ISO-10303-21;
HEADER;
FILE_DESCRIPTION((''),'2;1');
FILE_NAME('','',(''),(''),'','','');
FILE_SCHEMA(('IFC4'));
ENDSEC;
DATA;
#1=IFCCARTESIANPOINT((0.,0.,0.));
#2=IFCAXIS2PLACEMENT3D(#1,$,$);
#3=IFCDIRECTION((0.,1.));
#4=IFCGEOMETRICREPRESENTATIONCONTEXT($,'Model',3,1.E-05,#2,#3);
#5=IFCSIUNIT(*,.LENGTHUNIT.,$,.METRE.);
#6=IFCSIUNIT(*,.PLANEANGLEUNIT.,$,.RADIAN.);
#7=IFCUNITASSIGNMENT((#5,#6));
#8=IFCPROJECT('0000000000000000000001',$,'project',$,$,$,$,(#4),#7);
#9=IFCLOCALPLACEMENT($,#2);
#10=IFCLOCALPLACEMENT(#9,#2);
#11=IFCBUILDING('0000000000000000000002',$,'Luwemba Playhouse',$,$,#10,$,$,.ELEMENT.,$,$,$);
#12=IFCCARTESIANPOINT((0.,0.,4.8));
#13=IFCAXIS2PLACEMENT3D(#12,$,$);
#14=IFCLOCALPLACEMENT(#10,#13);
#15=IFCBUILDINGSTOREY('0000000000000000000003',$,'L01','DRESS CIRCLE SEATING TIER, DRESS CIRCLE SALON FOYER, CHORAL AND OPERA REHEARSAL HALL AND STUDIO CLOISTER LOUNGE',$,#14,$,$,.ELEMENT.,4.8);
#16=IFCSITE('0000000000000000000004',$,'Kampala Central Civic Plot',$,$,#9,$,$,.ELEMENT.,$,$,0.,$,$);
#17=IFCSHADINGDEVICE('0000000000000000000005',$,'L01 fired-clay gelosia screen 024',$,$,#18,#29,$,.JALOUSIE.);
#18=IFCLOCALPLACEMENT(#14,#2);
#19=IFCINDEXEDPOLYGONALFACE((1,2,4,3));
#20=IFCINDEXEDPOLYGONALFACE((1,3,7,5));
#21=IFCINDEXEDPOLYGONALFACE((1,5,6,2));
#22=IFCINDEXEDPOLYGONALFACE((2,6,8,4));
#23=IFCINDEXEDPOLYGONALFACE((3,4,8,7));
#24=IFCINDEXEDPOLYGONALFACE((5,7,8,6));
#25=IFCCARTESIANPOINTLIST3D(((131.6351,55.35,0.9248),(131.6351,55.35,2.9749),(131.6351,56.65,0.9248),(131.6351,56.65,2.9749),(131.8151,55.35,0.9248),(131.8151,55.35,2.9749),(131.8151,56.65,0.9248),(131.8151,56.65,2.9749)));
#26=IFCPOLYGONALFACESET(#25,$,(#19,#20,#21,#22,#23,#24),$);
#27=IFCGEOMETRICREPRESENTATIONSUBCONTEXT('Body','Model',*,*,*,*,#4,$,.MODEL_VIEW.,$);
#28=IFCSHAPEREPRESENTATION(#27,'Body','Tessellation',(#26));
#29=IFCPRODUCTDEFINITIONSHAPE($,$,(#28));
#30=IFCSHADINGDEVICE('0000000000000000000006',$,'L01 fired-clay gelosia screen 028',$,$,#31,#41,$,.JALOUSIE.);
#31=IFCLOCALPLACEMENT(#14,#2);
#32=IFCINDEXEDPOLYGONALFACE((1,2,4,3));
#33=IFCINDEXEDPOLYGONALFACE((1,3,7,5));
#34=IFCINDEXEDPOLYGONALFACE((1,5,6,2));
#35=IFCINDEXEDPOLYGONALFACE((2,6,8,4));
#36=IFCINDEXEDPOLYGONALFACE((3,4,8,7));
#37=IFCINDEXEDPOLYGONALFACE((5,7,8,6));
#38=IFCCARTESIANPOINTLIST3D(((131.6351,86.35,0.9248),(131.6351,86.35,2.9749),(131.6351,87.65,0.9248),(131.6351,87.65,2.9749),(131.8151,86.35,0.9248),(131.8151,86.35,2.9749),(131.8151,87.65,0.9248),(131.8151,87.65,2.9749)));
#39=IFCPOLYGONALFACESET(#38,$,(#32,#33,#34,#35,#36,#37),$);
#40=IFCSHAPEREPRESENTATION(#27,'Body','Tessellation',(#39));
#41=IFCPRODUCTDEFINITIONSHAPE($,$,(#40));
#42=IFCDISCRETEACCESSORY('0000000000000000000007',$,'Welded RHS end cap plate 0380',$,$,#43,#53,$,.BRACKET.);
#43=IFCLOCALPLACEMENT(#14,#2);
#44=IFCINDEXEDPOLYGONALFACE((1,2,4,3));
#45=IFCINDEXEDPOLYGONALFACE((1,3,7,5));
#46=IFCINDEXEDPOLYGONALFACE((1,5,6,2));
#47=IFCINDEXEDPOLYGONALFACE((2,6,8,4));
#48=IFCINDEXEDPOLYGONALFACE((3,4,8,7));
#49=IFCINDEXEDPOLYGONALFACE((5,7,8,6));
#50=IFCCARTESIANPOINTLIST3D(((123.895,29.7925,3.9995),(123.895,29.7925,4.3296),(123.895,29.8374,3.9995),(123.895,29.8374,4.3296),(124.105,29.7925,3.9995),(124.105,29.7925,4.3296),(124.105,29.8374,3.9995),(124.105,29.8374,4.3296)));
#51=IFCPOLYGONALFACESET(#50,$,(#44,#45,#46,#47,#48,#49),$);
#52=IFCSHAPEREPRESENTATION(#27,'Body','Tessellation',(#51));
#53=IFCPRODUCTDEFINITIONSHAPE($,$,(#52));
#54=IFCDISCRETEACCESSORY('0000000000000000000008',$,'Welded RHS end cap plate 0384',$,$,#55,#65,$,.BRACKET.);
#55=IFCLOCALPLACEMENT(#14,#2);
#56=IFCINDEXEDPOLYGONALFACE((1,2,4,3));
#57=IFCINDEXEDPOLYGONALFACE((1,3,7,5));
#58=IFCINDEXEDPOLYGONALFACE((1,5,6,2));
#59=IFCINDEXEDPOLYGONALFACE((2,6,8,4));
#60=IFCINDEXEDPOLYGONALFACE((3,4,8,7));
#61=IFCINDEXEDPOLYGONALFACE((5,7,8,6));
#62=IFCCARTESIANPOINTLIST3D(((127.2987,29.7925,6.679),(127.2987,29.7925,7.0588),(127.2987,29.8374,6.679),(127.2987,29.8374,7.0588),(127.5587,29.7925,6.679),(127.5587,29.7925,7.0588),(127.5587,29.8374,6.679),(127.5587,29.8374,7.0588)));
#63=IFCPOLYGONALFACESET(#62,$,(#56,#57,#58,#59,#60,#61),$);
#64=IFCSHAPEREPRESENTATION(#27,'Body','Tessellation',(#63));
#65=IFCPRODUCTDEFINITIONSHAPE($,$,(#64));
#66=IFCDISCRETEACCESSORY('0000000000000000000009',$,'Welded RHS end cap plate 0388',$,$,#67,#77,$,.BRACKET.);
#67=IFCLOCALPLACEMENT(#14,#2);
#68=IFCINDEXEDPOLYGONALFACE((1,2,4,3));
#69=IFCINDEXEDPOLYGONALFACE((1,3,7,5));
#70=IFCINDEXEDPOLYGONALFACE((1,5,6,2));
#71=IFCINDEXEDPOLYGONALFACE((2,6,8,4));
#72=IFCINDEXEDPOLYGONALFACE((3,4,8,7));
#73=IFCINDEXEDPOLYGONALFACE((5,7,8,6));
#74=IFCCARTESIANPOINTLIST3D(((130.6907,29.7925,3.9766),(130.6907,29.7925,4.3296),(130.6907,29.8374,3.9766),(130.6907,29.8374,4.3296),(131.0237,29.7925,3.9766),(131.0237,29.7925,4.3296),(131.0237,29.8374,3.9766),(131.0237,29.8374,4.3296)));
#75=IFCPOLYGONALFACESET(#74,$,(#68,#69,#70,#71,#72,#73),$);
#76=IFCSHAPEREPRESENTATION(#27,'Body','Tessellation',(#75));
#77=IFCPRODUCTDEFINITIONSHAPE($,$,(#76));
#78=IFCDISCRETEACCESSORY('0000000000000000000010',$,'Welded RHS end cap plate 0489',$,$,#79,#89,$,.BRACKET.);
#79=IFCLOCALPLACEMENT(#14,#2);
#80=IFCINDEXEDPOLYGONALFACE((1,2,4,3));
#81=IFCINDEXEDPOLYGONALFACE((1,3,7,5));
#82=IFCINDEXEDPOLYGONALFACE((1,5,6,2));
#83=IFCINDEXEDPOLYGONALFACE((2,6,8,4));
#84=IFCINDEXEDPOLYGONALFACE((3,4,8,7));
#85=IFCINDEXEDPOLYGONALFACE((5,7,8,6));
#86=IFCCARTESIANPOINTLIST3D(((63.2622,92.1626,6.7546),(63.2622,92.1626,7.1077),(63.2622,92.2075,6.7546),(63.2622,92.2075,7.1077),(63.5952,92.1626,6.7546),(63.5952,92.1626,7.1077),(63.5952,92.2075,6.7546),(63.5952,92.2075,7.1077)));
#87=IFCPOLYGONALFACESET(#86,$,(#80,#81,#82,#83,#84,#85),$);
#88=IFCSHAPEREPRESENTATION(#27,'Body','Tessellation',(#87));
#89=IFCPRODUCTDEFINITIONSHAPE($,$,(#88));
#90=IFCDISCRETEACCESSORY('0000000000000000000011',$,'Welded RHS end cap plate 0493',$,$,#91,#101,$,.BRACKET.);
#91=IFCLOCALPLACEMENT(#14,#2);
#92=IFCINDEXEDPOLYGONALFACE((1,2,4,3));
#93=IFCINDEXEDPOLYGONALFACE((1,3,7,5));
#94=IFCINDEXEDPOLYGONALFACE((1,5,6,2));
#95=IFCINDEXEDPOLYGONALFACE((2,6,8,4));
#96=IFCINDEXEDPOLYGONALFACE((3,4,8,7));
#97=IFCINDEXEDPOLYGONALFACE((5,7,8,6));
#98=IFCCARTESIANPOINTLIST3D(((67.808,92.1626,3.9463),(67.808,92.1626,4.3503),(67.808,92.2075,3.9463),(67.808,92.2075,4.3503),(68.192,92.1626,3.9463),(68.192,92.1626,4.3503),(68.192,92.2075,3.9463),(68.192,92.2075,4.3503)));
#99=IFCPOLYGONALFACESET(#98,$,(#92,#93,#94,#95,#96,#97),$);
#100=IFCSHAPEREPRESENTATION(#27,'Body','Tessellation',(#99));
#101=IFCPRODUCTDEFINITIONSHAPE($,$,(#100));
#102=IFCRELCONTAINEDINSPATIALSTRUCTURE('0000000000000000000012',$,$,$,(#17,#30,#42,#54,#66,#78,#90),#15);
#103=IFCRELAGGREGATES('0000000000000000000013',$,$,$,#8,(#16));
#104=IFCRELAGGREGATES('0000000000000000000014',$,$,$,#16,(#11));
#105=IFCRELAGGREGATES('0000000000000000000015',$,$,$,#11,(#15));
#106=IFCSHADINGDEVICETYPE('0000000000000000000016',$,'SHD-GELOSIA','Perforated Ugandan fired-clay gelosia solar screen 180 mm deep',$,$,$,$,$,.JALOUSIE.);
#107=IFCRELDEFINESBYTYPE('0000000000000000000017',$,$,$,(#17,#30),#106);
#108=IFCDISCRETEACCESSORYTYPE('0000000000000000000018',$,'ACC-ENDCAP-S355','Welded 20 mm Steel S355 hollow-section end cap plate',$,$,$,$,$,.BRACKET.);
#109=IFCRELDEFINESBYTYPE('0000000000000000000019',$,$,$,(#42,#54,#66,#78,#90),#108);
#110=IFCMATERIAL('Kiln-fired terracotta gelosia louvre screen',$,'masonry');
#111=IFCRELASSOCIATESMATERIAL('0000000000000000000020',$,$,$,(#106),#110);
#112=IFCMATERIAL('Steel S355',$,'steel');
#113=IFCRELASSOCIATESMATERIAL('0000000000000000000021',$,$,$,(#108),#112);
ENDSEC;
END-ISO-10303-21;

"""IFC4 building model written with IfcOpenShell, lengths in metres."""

from ifc_helpers import new_model, si_unit, direction, frame, origin, origin_2d, place, context, subcontext, project, spatial, rectangle, extrude, material, type_object, element, save


model = new_model("IFC4")

# Units and contexts
model_context = context("Model", 3, precision=1e-05, world=origin(), true_north=direction((0.0, 1.0)))
body_context = subcontext(model_context, "Body", "Model", "MODEL_VIEW")
ifc_project = project(units=[si_unit("LENGTHUNIT", "METRE"), si_unit("PLANEANGLEUNIT", "RADIAN")], contexts=[model_context])

# Site, building, storey
site_placement = place(None, origin())
site = spatial("IfcSite", under=ifc_project, at=site_placement, Name="Kampala Central Civic Plot", CompositionType="ELEMENT", RefElevation=0.0)
building_placement = place(site_placement, origin())
building = spatial("IfcBuilding", under=site, at=building_placement, Name="Luwemba Playhouse", CompositionType="ELEMENT")
storey_placement = place(building_placement, frame((0.0, 0.0, 4.8)))
storey = spatial("IfcBuildingStorey", under=building, at=storey_placement, Name="L01", Description="DRESS CIRCLE SEATING TIER, DRESS CIRCLE SALON FOYER, CHORAL AND OPERA REHEARSAL HALL AND STUDIO CLOISTER LOUNGE", CompositionType="ELEMENT", Elevation=4.8)

# Shared definitions
ifc_material_1 = material(Name="Steel S355", Category="steel")

# Shading devices
ifc_material_2 = material(Name="Kiln-fired terracotta gelosia louvre screen", Category="masonry")
shading_device_type_1 = type_object("IfcShadingDeviceType", Name="SHD-GELOSIA", Description="Perforated Ugandan fired-clay gelosia solar screen 180 mm deep", PredefinedType="JALOUSIE", material=ifc_material_2)
for number, where, z_axis, x_axis, name in (
    (1, (131.7251, 56.0, 0.9248), (0.0, 0.0, 1.0), (0.0, 1.0, 0.0), "L01 fired-clay gelosia screen 024"),
    (2, (131.7251, 87.0, 0.9248), (0.0, 0.0, 1.0), (0.0, 1.0, 0.0), "L01 fired-clay gelosia screen 028"),
):
    element("IfcShadingDevice", number, at=place(storey_placement, frame(where, z_axis=z_axis, x_axis=x_axis)), inside=storey, type_object=shading_device_type_1, Name=name, PredefinedType="JALOUSIE", context=body_context, shape_type="SweptSolid", body=[
        extrude(rectangle(XDim=1.3, YDim=0.1799, at=origin_2d()), origin(), (0.0, 0.0, 1.0), 2.05),
    ])

# Discrete accessories
discrete_accessory_type = type_object("IfcDiscreteAccessoryType", Name="ACC-ENDCAP-S355", Description="Welded 20 mm Steel S355 hollow-section end cap plate", PredefinedType="BRACKET", material=ifc_material_1)
discrete_accessory_1_placement = place(storey_placement, frame((124.0, 29.8149, 3.9995), z_axis=(0.0, 0.0, 1.0), x_axis=(1.0, 0.0, 0.0)))
element("IfcDiscreteAccessory", 3, at=discrete_accessory_1_placement, inside=storey, type_object=discrete_accessory_type, Name="Welded RHS end cap plate 0380", PredefinedType="BRACKET", context=body_context, shape_type="SweptSolid", body=[
    extrude(rectangle(XDim=0.21, YDim=0.0449, at=origin_2d()), origin(), (0.0, 0.0, 1.0), 0.3301),
])
discrete_accessory_2_placement = place(storey_placement, frame((127.4287, 29.8149, 6.679), z_axis=(0.0, 0.0, 1.0), x_axis=(1.0, 0.0, 0.0)))
element("IfcDiscreteAccessory", 4, at=discrete_accessory_2_placement, inside=storey, type_object=discrete_accessory_type, Name="Welded RHS end cap plate 0384", PredefinedType="BRACKET", context=body_context, shape_type="SweptSolid", body=[
    extrude(rectangle(XDim=0.26, YDim=0.0449, at=origin_2d()), origin(), (0.0, 0.0, 1.0), 0.3799),
])
for number, where, z_axis, x_axis, name in (
    (5, (130.8572, 29.8149, 3.9766), (0.0, 0.0, 1.0), (1.0, 0.0, 0.0), "Welded RHS end cap plate 0388"),
    (6, (63.4287, 92.1851, 6.7546), (0.0, 0.0, 1.0), (1.0, 0.0, 0.0), "Welded RHS end cap plate 0489"),
):
    element("IfcDiscreteAccessory", number, at=place(storey_placement, frame(where, z_axis=z_axis, x_axis=x_axis)), inside=storey, type_object=discrete_accessory_type, Name=name, PredefinedType="BRACKET", context=body_context, shape_type="SweptSolid", body=[
        extrude(rectangle(XDim=0.333, YDim=0.0449, at=origin_2d()), origin(), (0.0, 0.0, 1.0), 0.353),
    ])
discrete_accessory_3_placement = place(storey_placement, frame((68.0, 92.1851, 3.9463), z_axis=(0.0, 0.0, 1.0), x_axis=(1.0, 0.0, 0.0)))
element("IfcDiscreteAccessory", 7, at=discrete_accessory_3_placement, inside=storey, type_object=discrete_accessory_type, Name="Welded RHS end cap plate 0493", PredefinedType="BRACKET", context=body_context, shape_type="SweptSolid", body=[
    extrude(rectangle(XDim=0.384, YDim=0.0449, at=origin_2d()), origin(), (0.0, 0.0, 1.0), 0.4041),
])

save(model, "model.ifc")
